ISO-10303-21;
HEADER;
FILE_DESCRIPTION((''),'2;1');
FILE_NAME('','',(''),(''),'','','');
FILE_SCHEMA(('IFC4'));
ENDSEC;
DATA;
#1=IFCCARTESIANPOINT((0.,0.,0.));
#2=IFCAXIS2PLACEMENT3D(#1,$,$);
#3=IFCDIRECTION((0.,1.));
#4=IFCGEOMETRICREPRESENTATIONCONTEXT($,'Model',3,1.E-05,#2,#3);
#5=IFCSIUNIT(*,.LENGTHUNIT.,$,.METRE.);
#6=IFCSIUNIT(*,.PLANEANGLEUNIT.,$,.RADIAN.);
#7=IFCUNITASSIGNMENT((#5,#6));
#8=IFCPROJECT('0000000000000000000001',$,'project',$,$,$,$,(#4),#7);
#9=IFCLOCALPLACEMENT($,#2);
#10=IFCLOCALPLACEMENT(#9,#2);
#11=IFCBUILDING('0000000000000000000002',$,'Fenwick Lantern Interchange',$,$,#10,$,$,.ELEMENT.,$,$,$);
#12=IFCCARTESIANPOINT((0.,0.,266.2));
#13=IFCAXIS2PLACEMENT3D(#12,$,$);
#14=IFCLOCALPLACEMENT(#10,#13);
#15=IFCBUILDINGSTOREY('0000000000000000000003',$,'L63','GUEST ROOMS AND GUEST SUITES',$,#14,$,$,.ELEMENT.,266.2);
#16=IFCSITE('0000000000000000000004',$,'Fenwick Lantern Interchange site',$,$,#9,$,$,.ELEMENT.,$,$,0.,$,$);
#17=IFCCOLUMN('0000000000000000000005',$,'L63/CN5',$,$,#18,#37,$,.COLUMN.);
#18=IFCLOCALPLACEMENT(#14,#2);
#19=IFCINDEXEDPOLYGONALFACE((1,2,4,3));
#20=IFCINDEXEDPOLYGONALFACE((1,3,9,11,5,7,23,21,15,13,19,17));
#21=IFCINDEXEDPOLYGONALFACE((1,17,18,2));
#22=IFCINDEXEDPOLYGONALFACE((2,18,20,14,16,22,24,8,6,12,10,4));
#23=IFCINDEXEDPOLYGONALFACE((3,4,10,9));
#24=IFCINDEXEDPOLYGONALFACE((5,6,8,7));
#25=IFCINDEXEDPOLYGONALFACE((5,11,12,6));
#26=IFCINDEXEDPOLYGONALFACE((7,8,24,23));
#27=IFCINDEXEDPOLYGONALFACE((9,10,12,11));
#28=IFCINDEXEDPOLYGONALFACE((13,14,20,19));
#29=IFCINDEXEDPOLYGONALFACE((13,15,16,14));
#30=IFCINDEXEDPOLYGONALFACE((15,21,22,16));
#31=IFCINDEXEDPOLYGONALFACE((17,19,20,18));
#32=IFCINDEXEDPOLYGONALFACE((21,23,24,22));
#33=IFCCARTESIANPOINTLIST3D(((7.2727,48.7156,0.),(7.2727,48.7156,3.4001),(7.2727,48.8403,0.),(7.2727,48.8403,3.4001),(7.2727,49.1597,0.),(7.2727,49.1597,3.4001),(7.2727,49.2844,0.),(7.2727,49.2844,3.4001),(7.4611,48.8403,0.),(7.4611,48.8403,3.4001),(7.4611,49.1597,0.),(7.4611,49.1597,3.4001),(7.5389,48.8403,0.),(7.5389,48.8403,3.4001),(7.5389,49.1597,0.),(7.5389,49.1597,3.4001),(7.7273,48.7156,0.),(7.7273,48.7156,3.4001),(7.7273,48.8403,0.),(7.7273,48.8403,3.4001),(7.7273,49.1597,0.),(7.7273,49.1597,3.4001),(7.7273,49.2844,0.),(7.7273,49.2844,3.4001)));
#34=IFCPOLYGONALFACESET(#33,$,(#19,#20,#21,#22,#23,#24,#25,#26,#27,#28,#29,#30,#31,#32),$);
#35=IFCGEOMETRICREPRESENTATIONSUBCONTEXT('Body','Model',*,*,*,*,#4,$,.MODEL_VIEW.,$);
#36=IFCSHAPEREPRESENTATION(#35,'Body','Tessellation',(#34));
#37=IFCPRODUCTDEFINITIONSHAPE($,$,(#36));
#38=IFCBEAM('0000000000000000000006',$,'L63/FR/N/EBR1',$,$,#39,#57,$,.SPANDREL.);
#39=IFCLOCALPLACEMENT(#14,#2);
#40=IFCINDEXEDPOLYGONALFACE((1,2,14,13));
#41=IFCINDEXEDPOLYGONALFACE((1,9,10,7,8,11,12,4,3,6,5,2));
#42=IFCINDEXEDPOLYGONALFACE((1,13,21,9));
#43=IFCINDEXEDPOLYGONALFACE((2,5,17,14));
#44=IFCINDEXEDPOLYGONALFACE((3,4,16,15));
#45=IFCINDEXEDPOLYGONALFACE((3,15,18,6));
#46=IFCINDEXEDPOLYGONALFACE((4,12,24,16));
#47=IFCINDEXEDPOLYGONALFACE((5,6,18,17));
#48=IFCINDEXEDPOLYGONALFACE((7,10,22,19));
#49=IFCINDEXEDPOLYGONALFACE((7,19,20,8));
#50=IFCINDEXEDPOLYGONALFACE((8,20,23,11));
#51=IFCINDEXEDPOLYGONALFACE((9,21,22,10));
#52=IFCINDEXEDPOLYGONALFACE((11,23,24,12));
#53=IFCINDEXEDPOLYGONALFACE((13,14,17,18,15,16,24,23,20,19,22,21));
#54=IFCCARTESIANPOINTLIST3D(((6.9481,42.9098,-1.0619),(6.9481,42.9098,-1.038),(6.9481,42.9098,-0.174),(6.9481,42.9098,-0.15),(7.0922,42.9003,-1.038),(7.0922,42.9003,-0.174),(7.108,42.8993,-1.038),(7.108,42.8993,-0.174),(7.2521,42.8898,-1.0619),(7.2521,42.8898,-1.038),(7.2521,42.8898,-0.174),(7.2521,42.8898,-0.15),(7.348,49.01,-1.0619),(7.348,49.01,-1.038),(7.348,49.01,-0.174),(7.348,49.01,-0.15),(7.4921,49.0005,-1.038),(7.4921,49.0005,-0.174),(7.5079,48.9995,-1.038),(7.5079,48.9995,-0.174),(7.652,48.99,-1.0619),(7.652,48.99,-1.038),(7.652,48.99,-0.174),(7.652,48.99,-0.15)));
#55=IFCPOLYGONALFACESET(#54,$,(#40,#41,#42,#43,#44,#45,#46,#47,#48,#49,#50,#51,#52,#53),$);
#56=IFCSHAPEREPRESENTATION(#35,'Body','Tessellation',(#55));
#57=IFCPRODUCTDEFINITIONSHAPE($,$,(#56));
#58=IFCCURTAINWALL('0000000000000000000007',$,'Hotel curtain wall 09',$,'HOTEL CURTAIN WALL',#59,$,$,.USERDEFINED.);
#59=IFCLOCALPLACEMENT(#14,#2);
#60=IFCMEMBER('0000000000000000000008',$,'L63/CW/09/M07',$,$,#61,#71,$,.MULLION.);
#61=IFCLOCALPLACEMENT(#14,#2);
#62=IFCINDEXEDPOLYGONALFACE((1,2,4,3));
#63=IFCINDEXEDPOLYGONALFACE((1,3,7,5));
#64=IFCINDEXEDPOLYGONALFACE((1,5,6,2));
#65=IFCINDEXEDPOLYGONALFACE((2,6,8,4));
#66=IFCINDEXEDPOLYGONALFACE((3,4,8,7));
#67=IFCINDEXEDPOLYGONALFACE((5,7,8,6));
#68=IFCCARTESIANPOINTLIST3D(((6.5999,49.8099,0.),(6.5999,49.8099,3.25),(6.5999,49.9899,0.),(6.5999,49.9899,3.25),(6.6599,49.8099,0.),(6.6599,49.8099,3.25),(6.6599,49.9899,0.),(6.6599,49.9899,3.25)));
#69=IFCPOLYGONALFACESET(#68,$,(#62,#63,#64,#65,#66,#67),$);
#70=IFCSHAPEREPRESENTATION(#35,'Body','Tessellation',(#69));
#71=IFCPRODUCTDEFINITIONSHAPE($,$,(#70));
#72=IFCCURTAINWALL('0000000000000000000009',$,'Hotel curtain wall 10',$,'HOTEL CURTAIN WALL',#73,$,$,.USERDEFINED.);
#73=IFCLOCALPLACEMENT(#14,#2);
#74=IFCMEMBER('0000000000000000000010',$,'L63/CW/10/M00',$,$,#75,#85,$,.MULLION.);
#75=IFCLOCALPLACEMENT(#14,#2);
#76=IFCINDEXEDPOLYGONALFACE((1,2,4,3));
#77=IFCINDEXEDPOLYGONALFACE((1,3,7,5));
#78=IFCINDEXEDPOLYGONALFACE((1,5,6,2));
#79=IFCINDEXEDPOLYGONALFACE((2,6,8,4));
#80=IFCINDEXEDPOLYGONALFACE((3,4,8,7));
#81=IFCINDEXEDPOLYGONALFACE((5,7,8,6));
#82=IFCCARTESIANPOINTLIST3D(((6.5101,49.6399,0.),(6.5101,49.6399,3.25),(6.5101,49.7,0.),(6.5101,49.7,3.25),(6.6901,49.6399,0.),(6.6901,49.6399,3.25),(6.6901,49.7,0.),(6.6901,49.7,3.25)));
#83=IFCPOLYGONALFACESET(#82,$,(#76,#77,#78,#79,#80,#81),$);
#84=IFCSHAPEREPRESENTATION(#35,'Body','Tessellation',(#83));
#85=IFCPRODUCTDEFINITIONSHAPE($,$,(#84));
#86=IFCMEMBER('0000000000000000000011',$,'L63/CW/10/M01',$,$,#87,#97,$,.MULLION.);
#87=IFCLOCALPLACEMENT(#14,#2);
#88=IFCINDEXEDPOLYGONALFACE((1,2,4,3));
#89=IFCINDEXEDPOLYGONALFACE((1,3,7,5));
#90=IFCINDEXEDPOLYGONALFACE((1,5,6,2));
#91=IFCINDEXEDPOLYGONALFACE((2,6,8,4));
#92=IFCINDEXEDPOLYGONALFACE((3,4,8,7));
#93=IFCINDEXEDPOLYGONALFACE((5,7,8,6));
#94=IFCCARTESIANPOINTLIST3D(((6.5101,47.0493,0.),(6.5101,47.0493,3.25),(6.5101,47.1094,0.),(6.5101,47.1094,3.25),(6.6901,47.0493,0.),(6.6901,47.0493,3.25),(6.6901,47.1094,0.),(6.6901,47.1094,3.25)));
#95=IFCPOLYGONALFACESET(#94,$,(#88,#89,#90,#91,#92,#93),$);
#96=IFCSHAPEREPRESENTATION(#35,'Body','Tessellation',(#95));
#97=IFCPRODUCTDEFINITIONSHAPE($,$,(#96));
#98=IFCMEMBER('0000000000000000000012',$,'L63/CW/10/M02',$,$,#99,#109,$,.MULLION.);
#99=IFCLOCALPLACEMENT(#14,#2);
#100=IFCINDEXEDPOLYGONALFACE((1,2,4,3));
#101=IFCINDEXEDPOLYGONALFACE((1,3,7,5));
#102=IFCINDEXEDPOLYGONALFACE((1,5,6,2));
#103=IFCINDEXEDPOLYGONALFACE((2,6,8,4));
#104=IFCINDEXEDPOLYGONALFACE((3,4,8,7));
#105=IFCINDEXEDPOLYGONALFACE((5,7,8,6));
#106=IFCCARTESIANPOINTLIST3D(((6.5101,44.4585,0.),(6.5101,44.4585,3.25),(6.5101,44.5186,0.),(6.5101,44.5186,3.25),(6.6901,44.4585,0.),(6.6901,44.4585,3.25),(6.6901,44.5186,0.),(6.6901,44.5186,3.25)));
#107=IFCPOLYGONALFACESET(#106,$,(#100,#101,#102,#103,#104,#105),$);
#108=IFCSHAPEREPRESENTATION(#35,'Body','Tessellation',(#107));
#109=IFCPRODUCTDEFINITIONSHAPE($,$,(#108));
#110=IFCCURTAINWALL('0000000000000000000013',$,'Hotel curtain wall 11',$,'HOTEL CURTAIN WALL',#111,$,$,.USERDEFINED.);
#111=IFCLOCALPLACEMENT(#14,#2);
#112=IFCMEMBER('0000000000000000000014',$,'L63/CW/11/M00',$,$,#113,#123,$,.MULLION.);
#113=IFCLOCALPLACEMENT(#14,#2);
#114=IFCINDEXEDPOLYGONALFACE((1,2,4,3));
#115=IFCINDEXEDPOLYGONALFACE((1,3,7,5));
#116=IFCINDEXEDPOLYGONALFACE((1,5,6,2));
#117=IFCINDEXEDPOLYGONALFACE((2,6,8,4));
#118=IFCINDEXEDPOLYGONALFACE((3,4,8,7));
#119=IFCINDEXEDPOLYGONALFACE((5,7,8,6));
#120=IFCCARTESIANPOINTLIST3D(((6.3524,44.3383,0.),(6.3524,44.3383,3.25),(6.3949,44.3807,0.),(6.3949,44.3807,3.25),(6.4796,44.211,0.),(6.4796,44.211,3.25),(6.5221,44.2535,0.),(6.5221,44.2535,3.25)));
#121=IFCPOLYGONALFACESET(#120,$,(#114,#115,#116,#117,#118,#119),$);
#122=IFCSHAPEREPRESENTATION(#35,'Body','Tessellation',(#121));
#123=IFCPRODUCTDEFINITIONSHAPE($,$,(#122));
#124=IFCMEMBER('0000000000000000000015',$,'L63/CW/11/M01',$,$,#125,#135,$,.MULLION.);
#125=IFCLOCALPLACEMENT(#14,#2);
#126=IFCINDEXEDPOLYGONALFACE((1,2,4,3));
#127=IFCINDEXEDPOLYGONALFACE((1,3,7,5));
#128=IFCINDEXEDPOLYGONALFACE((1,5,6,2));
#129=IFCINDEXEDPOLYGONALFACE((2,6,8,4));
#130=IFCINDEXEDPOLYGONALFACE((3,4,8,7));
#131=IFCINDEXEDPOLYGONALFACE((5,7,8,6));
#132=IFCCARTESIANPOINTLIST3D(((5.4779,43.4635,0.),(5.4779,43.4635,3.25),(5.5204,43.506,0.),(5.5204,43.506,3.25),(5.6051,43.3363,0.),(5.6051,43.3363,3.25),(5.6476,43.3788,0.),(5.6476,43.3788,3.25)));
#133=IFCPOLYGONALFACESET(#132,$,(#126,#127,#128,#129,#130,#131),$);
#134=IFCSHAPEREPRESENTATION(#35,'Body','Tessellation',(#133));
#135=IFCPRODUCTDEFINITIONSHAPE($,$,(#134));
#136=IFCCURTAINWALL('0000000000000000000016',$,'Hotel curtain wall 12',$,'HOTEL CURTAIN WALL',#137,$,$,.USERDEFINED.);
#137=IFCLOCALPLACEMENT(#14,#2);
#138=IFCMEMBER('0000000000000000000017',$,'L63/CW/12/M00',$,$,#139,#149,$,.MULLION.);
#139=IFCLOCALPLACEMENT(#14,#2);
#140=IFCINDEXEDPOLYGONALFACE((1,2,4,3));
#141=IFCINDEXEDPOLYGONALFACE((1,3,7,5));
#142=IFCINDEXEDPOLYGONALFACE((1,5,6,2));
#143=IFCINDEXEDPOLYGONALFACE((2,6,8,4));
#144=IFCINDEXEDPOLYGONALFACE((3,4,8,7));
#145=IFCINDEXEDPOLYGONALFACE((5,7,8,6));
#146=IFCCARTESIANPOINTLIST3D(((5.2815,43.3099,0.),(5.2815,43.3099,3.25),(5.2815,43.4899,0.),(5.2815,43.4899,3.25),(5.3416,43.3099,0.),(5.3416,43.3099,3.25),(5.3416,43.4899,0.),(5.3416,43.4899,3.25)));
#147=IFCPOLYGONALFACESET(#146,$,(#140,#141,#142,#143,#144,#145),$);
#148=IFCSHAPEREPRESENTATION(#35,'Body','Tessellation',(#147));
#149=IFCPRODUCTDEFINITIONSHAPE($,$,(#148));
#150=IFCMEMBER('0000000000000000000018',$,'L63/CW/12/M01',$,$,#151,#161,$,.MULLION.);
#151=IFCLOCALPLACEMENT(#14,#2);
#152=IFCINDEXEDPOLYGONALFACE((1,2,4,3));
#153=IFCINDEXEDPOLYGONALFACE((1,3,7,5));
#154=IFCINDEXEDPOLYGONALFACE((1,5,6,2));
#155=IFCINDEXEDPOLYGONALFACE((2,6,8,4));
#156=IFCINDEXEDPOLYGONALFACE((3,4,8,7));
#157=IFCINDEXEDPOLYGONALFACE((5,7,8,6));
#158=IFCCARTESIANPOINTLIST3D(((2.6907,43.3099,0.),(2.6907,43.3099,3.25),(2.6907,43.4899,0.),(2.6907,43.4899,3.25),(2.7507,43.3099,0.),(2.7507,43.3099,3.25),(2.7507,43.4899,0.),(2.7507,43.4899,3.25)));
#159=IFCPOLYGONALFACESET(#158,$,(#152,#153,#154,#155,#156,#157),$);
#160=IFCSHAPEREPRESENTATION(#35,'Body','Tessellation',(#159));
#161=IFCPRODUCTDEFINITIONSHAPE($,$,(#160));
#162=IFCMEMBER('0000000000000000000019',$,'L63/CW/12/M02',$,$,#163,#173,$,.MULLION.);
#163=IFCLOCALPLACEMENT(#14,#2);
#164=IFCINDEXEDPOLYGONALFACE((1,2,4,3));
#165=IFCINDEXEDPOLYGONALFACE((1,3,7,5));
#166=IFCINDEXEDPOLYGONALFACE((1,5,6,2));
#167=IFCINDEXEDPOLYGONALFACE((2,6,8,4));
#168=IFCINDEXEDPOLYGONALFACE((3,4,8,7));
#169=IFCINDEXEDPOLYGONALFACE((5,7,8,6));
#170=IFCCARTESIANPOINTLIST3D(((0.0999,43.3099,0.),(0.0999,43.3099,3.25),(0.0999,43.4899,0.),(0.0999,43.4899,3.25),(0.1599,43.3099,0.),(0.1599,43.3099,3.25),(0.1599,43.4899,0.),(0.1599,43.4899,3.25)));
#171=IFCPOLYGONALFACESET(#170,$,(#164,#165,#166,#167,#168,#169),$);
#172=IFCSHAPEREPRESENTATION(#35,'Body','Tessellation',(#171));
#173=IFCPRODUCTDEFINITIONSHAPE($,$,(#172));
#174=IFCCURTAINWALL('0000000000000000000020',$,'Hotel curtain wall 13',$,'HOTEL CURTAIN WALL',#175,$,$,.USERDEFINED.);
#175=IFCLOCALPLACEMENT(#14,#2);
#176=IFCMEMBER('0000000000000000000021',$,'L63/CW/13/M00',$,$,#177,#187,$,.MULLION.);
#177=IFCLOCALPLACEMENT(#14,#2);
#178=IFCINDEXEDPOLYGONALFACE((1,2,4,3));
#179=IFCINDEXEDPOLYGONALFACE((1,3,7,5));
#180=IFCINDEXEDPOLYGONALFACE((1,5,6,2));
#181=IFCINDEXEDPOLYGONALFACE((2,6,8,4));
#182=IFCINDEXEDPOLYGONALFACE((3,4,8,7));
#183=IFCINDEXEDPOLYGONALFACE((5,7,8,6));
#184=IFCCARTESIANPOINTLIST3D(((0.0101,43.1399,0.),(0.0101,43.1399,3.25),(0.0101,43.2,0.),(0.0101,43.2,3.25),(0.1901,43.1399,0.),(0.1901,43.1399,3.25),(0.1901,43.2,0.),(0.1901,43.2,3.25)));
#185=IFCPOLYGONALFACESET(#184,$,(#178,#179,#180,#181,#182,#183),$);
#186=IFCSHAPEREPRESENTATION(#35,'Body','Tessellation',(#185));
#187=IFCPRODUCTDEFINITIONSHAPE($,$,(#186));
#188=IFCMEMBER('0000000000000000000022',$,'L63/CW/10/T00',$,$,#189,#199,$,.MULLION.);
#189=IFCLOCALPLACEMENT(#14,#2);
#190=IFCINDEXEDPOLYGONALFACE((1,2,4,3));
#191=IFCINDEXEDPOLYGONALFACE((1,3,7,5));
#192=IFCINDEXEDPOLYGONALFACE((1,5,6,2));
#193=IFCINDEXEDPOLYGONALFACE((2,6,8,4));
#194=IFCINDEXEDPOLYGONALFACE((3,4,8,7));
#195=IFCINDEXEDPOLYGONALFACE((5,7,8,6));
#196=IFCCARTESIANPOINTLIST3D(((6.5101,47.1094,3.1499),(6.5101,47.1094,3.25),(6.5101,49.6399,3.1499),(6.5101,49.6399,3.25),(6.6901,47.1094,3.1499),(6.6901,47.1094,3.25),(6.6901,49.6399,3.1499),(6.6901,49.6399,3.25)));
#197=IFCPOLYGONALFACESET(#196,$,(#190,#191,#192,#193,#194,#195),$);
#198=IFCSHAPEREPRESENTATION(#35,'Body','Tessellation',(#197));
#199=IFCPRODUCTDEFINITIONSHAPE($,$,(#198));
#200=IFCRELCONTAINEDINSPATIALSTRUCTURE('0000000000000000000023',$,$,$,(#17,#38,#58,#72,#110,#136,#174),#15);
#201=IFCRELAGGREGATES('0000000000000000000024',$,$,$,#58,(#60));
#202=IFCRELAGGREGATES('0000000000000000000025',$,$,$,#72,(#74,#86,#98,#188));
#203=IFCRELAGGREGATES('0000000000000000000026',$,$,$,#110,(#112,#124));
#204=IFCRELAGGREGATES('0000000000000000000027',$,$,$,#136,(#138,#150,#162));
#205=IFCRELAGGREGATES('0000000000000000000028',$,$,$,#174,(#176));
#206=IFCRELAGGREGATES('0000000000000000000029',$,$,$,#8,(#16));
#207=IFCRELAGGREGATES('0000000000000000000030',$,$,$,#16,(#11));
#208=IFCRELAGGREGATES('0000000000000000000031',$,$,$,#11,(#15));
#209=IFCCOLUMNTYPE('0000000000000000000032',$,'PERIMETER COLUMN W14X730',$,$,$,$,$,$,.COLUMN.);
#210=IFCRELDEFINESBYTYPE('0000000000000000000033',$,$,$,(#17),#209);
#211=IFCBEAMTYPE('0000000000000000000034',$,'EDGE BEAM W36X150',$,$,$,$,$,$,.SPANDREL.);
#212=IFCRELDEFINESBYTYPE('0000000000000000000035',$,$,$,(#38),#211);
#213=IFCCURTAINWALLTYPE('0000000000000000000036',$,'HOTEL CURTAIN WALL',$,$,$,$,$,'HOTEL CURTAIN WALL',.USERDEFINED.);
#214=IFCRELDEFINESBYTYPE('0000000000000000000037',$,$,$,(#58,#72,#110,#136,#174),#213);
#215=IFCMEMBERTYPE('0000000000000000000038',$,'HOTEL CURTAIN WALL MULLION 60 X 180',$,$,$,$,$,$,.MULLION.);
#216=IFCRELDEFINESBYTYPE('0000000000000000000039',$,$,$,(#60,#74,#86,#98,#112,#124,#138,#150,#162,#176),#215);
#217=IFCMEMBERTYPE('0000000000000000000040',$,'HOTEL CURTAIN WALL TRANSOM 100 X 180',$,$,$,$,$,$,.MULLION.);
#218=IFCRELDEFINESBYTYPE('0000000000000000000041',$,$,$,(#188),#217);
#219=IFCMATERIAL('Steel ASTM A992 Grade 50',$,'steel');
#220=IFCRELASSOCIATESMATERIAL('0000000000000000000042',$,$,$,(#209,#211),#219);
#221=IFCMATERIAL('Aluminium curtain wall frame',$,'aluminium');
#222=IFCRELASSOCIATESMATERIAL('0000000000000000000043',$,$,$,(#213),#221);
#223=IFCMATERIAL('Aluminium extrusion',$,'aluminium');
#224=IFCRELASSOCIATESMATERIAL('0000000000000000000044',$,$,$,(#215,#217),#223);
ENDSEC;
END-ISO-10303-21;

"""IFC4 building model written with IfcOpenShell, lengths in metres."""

from ifc_helpers import new_model, si_unit, direction, frame, origin, origin_2d, place, context, subcontext, project, spatial, rectangle, i_section, extrude, material, material_profile, profile_set, type_object, element, aggregate, save


model = new_model("IFC4")

# Units and contexts
model_context = context("Model", 3, precision=1e-05, world=origin(), true_north=direction((0.0, 1.0)))
body_context = subcontext(model_context, "Body", "Model", "MODEL_VIEW")
ifc_project = project(units=[si_unit("LENGTHUNIT", "METRE"), si_unit("PLANEANGLEUNIT", "RADIAN")], contexts=[model_context])

# Site, building, storey
site_placement = place(None, origin())
site = spatial("IfcSite", under=ifc_project, at=site_placement, Name="Fenwick Lantern Interchange site", CompositionType="ELEMENT", RefElevation=0.0)
building_placement = place(site_placement, origin())
building = spatial("IfcBuilding", under=site, at=building_placement, Name="Fenwick Lantern Interchange", CompositionType="ELEMENT")
storey_placement = place(building_placement, frame((0.0, 0.0, 266.2)))
storey = spatial("IfcBuildingStorey", under=building, at=storey_placement, Name="L63", Description="GUEST ROOMS AND GUEST SUITES", CompositionType="ELEMENT", Elevation=266.2)

# Column
ifc_material_1 = material(Name="Steel ASTM A992 Grade 50", Category="steel")
ifc_material_profile_1 = material_profile(ifc_material_1, i_section(OverallWidth=0.4546, OverallDepth=0.5688, WebThickness=0.0779, FlangeThickness=0.1248, at=origin_2d()), Name="W14X730")
ifc_profile_set_1 = profile_set([ifc_material_profile_1], Name="Steel ASTM A992 Grade 50")
column_type = type_object("IfcColumnType", Name="PERIMETER COLUMN W14X730", PredefinedType="COLUMN", material=ifc_profile_set_1)
column_placement = place(storey_placement, frame((7.5, 49.0, 0.0), z_axis=(0.0, 0.0, 1.0), x_axis=(1.0, 0.0, 0.0)))
element("IfcColumn", 1, at=column_placement, inside=storey, type_object=column_type, Name="L63/CN5", PredefinedType="COLUMN", context=body_context, shape_type="SweptSolid", body=[
    extrude(i_section(OverallWidth=0.4546, OverallDepth=0.5688, WebThickness=0.0779, FlangeThickness=0.1248, at=origin_2d()), origin(), (0.0, 0.0, 1.0), 3.4001),
])

# Beam
ifc_material_profile_2 = material_profile(ifc_material_1, i_section(OverallWidth=0.3047, OverallDepth=0.9119, WebThickness=0.0159, FlangeThickness=0.0239, at=origin_2d()), Name="W36X150")
ifc_profile_set_2 = profile_set([ifc_material_profile_2], Name="Steel ASTM A992 Grade 50")
beam_type = type_object("IfcBeamType", Name="EDGE BEAM W36X150", PredefinedType="SPANDREL", material=ifc_profile_set_2)
beam_placement = place(storey_placement, frame((7.5, 49.0, -0.606), z_axis=(-0.065416, -0.997858, 0.0), x_axis=(0.997858, -0.065416, 0.0)))
element("IfcBeam", 2, at=beam_placement, inside=storey, type_object=beam_type, Name="L63/FR/N/EBR1", PredefinedType="SPANDREL", context=body_context, shape_type="SweptSolid", body=[
    extrude(i_section(OverallWidth=0.3047, OverallDepth=0.9119, WebThickness=0.0159, FlangeThickness=0.0239, at=origin_2d()), origin(), (0.0, 0.0, 1.0), 6.1133),
])

# Curtain wall, member
ifc_material_2 = material(Name="Aluminium curtain wall frame", Category="aluminium")
curtain_wall_type = type_object("IfcCurtainWallType", Name="HOTEL CURTAIN WALL", ElementType="HOTEL CURTAIN WALL", PredefinedType="USERDEFINED", material=ifc_material_2)
curtain_wall_1_placement = place(storey_placement, origin())
curtain_wall_1 = element("IfcCurtainWall", 3, at=curtain_wall_1_placement, inside=storey, type_object=curtain_wall_type, Name="Hotel curtain wall 09", ObjectType="HOTEL CURTAIN WALL", PredefinedType="USERDEFINED")
ifc_material_3 = material(Name="Aluminium extrusion", Category="aluminium")
ifc_material_profile_3 = material_profile(ifc_material_3, rectangle(XDim=0.1799, YDim=0.0601, at=origin_2d()), Name="HOTEL CURTAIN WALL MULLION 60 X 180")
ifc_profile_set_3 = profile_set([ifc_material_profile_3], Name="Aluminium extrusion")
member_type_1 = type_object("IfcMemberType", Name="HOTEL CURTAIN WALL MULLION 60 X 180", PredefinedType="MULLION", material=ifc_profile_set_3)
member_1_placement = place(storey_placement, frame((6.6299, 49.8999, 0.0), z_axis=(0.0, 0.0, 1.0), x_axis=(0.0, -1.0, 0.0)))
member_1 = element("IfcMember", 4, at=member_1_placement, type_object=member_type_1, Name="L63/CW/09/M07", PredefinedType="MULLION", context=body_context, shape_type="SweptSolid", body=[
    extrude(rectangle(XDim=0.1799, YDim=0.0601, at=origin_2d()), origin(), (0.0, 0.0, 1.0), 3.25),
])
aggregate(curtain_wall_1, [member_1])

# Curtain walls, members
curtain_wall_2_placement = place(storey_placement, origin())
curtain_wall_2 = element("IfcCurtainWall", 5, at=curtain_wall_2_placement, inside=storey, type_object=curtain_wall_type, Name="Hotel curtain wall 10", ObjectType="HOTEL CURTAIN WALL", PredefinedType="USERDEFINED")
member_2_placement = place(storey_placement, frame((6.6001, 49.6699, 0.0), z_axis=(0.0, 0.0, 1.0), x_axis=(1.0, 0.0, 0.0)))
member_2 = element("IfcMember", 6, at=member_2_placement, type_object=member_type_1, Name="L63/CW/10/M00", PredefinedType="MULLION", context=body_context, shape_type="SweptSolid", body=[
    extrude(rectangle(XDim=0.1799, YDim=0.0601, at=origin_2d()), origin(), (0.0, 0.0, 1.0), 3.25),
])
member_3_placement = place(storey_placement, frame((6.6001, 47.0793, 0.0), z_axis=(0.0, 0.0, 1.0), x_axis=(1.0, 0.0, 0.0)))
member_3 = element("IfcMember", 7, at=member_3_placement, type_object=member_type_1, Name="L63/CW/10/M01", PredefinedType="MULLION", context=body_context, shape_type="SweptSolid", body=[
    extrude(rectangle(XDim=0.1799, YDim=0.0601, at=origin_2d()), origin(), (0.0, 0.0, 1.0), 3.25),
])
member_4_placement = place(storey_placement, frame((6.6001, 44.4885, 0.0), z_axis=(0.0, 0.0, 1.0), x_axis=(1.0, 0.0, 0.0)))
member_4 = element("IfcMember", 8, at=member_4_placement, type_object=member_type_1, Name="L63/CW/10/M02", PredefinedType="MULLION", context=body_context, shape_type="SweptSolid", body=[
    extrude(rectangle(XDim=0.1799, YDim=0.0601, at=origin_2d()), origin(), (0.0, 0.0, 1.0), 3.25),
])
curtain_wall_3_placement = place(storey_placement, origin())
curtain_wall_3 = element("IfcCurtainWall", 9, at=curtain_wall_3_placement, inside=storey, type_object=curtain_wall_type, Name="Hotel curtain wall 11", ObjectType="HOTEL CURTAIN WALL", PredefinedType="USERDEFINED")
member_5_placement = place(storey_placement, frame((6.4373, 44.2959, 0.0), z_axis=(0.0, 0.0, 1.0), x_axis=(0.707107, -0.707107, 0.0)))
member_5 = element("IfcMember", 10, at=member_5_placement, type_object=member_type_1, Name="L63/CW/11/M00", PredefinedType="MULLION", context=body_context, shape_type="SweptSolid", body=[
    extrude(rectangle(XDim=0.1799, YDim=0.0601, at=origin_2d()), origin(), (0.0, 0.0, 1.0), 3.25),
])
member_6_placement = place(storey_placement, frame((5.5627, 43.4211, 0.0), z_axis=(0.0, 0.0, 1.0), x_axis=(0.707107, -0.707107, 0.0)))
member_6 = element("IfcMember", 11, at=member_6_placement, type_object=member_type_1, Name="L63/CW/11/M01", PredefinedType="MULLION", context=body_context, shape_type="SweptSolid", body=[
    extrude(rectangle(XDim=0.1799, YDim=0.0601, at=origin_2d()), origin(), (0.0, 0.0, 1.0), 3.25),
])
curtain_wall_4_placement = place(storey_placement, origin())
curtain_wall_4 = element("IfcCurtainWall", 12, at=curtain_wall_4_placement, inside=storey, type_object=curtain_wall_type, Name="Hotel curtain wall 12", ObjectType="HOTEL CURTAIN WALL", PredefinedType="USERDEFINED")
member_7_placement = place(storey_placement, frame((5.3115, 43.3999, 0.0), z_axis=(0.0, 0.0, 1.0), x_axis=(0.0, -1.0, 0.0)))
member_7 = element("IfcMember", 13, at=member_7_placement, type_object=member_type_1, Name="L63/CW/12/M00", PredefinedType="MULLION", context=body_context, shape_type="SweptSolid", body=[
    extrude(rectangle(XDim=0.1799, YDim=0.0601, at=origin_2d()), origin(), (0.0, 0.0, 1.0), 3.25),
])
member_8_placement = place(storey_placement, frame((2.7207, 43.3999, 0.0), z_axis=(0.0, 0.0, 1.0), x_axis=(0.0, -1.0, 0.0)))
member_8 = element("IfcMember", 14, at=member_8_placement, type_object=member_type_1, Name="L63/CW/12/M01", PredefinedType="MULLION", context=body_context, shape_type="SweptSolid", body=[
    extrude(rectangle(XDim=0.1799, YDim=0.0601, at=origin_2d()), origin(), (0.0, 0.0, 1.0), 3.25),
])
member_9_placement = place(storey_placement, frame((0.1299, 43.3999, 0.0), z_axis=(0.0, 0.0, 1.0), x_axis=(0.0, -1.0, 0.0)))
member_9 = element("IfcMember", 15, at=member_9_placement, type_object=member_type_1, Name="L63/CW/12/M02", PredefinedType="MULLION", context=body_context, shape_type="SweptSolid", body=[
    extrude(rectangle(XDim=0.1799, YDim=0.0601, at=origin_2d()), origin(), (0.0, 0.0, 1.0), 3.25),
])

# Curtain wall, member
curtain_wall_5_placement = place(storey_placement, origin())
curtain_wall_5 = element("IfcCurtainWall", 16, at=curtain_wall_5_placement, inside=storey, type_object=curtain_wall_type, Name="Hotel curtain wall 13", ObjectType="HOTEL CURTAIN WALL", PredefinedType="USERDEFINED")
member_10_placement = place(storey_placement, frame((0.1001, 43.1699, 0.0), z_axis=(0.0, 0.0, 1.0), x_axis=(1.0, 0.0, 0.0)))
member_10 = element("IfcMember", 17, at=member_10_placement, type_object=member_type_1, Name="L63/CW/13/M00", PredefinedType="MULLION", context=body_context, shape_type="SweptSolid", body=[
    extrude(rectangle(XDim=0.1799, YDim=0.0601, at=origin_2d()), origin(), (0.0, 0.0, 1.0), 3.25),
])

# Member
ifc_material_profile_4 = material_profile(ifc_material_3, rectangle(XDim=0.1799, YDim=0.1001, at=origin_2d()), Name="HOTEL CURTAIN WALL TRANSOM 100 X 180")
ifc_profile_set_4 = profile_set([ifc_material_profile_4], Name="Aluminium extrusion")
member_type_2 = type_object("IfcMemberType", Name="HOTEL CURTAIN WALL TRANSOM 100 X 180", PredefinedType="MULLION", material=ifc_profile_set_4)
member_11_placement = place(storey_placement, frame((6.6001, 49.6399, 3.2), z_axis=(0.0, -1.0, 0.0), x_axis=(1.0, 0.0, 0.0)))
member_11 = element("IfcMember", 18, at=member_11_placement, type_object=member_type_2, Name="L63/CW/10/T00", PredefinedType="MULLION", context=body_context, shape_type="SweptSolid", body=[
    extrude(rectangle(XDim=0.1799, YDim=0.1001, at=origin_2d()), origin(), (0.0, 0.0, 1.0), 2.5305),
])

aggregate(curtain_wall_2, [member_2, member_3, member_4, member_11])
aggregate(curtain_wall_3, [member_5, member_6])
aggregate(curtain_wall_4, [member_7, member_8, member_9])
aggregate(curtain_wall_5, [member_10])

save(model, "model.ifc")
